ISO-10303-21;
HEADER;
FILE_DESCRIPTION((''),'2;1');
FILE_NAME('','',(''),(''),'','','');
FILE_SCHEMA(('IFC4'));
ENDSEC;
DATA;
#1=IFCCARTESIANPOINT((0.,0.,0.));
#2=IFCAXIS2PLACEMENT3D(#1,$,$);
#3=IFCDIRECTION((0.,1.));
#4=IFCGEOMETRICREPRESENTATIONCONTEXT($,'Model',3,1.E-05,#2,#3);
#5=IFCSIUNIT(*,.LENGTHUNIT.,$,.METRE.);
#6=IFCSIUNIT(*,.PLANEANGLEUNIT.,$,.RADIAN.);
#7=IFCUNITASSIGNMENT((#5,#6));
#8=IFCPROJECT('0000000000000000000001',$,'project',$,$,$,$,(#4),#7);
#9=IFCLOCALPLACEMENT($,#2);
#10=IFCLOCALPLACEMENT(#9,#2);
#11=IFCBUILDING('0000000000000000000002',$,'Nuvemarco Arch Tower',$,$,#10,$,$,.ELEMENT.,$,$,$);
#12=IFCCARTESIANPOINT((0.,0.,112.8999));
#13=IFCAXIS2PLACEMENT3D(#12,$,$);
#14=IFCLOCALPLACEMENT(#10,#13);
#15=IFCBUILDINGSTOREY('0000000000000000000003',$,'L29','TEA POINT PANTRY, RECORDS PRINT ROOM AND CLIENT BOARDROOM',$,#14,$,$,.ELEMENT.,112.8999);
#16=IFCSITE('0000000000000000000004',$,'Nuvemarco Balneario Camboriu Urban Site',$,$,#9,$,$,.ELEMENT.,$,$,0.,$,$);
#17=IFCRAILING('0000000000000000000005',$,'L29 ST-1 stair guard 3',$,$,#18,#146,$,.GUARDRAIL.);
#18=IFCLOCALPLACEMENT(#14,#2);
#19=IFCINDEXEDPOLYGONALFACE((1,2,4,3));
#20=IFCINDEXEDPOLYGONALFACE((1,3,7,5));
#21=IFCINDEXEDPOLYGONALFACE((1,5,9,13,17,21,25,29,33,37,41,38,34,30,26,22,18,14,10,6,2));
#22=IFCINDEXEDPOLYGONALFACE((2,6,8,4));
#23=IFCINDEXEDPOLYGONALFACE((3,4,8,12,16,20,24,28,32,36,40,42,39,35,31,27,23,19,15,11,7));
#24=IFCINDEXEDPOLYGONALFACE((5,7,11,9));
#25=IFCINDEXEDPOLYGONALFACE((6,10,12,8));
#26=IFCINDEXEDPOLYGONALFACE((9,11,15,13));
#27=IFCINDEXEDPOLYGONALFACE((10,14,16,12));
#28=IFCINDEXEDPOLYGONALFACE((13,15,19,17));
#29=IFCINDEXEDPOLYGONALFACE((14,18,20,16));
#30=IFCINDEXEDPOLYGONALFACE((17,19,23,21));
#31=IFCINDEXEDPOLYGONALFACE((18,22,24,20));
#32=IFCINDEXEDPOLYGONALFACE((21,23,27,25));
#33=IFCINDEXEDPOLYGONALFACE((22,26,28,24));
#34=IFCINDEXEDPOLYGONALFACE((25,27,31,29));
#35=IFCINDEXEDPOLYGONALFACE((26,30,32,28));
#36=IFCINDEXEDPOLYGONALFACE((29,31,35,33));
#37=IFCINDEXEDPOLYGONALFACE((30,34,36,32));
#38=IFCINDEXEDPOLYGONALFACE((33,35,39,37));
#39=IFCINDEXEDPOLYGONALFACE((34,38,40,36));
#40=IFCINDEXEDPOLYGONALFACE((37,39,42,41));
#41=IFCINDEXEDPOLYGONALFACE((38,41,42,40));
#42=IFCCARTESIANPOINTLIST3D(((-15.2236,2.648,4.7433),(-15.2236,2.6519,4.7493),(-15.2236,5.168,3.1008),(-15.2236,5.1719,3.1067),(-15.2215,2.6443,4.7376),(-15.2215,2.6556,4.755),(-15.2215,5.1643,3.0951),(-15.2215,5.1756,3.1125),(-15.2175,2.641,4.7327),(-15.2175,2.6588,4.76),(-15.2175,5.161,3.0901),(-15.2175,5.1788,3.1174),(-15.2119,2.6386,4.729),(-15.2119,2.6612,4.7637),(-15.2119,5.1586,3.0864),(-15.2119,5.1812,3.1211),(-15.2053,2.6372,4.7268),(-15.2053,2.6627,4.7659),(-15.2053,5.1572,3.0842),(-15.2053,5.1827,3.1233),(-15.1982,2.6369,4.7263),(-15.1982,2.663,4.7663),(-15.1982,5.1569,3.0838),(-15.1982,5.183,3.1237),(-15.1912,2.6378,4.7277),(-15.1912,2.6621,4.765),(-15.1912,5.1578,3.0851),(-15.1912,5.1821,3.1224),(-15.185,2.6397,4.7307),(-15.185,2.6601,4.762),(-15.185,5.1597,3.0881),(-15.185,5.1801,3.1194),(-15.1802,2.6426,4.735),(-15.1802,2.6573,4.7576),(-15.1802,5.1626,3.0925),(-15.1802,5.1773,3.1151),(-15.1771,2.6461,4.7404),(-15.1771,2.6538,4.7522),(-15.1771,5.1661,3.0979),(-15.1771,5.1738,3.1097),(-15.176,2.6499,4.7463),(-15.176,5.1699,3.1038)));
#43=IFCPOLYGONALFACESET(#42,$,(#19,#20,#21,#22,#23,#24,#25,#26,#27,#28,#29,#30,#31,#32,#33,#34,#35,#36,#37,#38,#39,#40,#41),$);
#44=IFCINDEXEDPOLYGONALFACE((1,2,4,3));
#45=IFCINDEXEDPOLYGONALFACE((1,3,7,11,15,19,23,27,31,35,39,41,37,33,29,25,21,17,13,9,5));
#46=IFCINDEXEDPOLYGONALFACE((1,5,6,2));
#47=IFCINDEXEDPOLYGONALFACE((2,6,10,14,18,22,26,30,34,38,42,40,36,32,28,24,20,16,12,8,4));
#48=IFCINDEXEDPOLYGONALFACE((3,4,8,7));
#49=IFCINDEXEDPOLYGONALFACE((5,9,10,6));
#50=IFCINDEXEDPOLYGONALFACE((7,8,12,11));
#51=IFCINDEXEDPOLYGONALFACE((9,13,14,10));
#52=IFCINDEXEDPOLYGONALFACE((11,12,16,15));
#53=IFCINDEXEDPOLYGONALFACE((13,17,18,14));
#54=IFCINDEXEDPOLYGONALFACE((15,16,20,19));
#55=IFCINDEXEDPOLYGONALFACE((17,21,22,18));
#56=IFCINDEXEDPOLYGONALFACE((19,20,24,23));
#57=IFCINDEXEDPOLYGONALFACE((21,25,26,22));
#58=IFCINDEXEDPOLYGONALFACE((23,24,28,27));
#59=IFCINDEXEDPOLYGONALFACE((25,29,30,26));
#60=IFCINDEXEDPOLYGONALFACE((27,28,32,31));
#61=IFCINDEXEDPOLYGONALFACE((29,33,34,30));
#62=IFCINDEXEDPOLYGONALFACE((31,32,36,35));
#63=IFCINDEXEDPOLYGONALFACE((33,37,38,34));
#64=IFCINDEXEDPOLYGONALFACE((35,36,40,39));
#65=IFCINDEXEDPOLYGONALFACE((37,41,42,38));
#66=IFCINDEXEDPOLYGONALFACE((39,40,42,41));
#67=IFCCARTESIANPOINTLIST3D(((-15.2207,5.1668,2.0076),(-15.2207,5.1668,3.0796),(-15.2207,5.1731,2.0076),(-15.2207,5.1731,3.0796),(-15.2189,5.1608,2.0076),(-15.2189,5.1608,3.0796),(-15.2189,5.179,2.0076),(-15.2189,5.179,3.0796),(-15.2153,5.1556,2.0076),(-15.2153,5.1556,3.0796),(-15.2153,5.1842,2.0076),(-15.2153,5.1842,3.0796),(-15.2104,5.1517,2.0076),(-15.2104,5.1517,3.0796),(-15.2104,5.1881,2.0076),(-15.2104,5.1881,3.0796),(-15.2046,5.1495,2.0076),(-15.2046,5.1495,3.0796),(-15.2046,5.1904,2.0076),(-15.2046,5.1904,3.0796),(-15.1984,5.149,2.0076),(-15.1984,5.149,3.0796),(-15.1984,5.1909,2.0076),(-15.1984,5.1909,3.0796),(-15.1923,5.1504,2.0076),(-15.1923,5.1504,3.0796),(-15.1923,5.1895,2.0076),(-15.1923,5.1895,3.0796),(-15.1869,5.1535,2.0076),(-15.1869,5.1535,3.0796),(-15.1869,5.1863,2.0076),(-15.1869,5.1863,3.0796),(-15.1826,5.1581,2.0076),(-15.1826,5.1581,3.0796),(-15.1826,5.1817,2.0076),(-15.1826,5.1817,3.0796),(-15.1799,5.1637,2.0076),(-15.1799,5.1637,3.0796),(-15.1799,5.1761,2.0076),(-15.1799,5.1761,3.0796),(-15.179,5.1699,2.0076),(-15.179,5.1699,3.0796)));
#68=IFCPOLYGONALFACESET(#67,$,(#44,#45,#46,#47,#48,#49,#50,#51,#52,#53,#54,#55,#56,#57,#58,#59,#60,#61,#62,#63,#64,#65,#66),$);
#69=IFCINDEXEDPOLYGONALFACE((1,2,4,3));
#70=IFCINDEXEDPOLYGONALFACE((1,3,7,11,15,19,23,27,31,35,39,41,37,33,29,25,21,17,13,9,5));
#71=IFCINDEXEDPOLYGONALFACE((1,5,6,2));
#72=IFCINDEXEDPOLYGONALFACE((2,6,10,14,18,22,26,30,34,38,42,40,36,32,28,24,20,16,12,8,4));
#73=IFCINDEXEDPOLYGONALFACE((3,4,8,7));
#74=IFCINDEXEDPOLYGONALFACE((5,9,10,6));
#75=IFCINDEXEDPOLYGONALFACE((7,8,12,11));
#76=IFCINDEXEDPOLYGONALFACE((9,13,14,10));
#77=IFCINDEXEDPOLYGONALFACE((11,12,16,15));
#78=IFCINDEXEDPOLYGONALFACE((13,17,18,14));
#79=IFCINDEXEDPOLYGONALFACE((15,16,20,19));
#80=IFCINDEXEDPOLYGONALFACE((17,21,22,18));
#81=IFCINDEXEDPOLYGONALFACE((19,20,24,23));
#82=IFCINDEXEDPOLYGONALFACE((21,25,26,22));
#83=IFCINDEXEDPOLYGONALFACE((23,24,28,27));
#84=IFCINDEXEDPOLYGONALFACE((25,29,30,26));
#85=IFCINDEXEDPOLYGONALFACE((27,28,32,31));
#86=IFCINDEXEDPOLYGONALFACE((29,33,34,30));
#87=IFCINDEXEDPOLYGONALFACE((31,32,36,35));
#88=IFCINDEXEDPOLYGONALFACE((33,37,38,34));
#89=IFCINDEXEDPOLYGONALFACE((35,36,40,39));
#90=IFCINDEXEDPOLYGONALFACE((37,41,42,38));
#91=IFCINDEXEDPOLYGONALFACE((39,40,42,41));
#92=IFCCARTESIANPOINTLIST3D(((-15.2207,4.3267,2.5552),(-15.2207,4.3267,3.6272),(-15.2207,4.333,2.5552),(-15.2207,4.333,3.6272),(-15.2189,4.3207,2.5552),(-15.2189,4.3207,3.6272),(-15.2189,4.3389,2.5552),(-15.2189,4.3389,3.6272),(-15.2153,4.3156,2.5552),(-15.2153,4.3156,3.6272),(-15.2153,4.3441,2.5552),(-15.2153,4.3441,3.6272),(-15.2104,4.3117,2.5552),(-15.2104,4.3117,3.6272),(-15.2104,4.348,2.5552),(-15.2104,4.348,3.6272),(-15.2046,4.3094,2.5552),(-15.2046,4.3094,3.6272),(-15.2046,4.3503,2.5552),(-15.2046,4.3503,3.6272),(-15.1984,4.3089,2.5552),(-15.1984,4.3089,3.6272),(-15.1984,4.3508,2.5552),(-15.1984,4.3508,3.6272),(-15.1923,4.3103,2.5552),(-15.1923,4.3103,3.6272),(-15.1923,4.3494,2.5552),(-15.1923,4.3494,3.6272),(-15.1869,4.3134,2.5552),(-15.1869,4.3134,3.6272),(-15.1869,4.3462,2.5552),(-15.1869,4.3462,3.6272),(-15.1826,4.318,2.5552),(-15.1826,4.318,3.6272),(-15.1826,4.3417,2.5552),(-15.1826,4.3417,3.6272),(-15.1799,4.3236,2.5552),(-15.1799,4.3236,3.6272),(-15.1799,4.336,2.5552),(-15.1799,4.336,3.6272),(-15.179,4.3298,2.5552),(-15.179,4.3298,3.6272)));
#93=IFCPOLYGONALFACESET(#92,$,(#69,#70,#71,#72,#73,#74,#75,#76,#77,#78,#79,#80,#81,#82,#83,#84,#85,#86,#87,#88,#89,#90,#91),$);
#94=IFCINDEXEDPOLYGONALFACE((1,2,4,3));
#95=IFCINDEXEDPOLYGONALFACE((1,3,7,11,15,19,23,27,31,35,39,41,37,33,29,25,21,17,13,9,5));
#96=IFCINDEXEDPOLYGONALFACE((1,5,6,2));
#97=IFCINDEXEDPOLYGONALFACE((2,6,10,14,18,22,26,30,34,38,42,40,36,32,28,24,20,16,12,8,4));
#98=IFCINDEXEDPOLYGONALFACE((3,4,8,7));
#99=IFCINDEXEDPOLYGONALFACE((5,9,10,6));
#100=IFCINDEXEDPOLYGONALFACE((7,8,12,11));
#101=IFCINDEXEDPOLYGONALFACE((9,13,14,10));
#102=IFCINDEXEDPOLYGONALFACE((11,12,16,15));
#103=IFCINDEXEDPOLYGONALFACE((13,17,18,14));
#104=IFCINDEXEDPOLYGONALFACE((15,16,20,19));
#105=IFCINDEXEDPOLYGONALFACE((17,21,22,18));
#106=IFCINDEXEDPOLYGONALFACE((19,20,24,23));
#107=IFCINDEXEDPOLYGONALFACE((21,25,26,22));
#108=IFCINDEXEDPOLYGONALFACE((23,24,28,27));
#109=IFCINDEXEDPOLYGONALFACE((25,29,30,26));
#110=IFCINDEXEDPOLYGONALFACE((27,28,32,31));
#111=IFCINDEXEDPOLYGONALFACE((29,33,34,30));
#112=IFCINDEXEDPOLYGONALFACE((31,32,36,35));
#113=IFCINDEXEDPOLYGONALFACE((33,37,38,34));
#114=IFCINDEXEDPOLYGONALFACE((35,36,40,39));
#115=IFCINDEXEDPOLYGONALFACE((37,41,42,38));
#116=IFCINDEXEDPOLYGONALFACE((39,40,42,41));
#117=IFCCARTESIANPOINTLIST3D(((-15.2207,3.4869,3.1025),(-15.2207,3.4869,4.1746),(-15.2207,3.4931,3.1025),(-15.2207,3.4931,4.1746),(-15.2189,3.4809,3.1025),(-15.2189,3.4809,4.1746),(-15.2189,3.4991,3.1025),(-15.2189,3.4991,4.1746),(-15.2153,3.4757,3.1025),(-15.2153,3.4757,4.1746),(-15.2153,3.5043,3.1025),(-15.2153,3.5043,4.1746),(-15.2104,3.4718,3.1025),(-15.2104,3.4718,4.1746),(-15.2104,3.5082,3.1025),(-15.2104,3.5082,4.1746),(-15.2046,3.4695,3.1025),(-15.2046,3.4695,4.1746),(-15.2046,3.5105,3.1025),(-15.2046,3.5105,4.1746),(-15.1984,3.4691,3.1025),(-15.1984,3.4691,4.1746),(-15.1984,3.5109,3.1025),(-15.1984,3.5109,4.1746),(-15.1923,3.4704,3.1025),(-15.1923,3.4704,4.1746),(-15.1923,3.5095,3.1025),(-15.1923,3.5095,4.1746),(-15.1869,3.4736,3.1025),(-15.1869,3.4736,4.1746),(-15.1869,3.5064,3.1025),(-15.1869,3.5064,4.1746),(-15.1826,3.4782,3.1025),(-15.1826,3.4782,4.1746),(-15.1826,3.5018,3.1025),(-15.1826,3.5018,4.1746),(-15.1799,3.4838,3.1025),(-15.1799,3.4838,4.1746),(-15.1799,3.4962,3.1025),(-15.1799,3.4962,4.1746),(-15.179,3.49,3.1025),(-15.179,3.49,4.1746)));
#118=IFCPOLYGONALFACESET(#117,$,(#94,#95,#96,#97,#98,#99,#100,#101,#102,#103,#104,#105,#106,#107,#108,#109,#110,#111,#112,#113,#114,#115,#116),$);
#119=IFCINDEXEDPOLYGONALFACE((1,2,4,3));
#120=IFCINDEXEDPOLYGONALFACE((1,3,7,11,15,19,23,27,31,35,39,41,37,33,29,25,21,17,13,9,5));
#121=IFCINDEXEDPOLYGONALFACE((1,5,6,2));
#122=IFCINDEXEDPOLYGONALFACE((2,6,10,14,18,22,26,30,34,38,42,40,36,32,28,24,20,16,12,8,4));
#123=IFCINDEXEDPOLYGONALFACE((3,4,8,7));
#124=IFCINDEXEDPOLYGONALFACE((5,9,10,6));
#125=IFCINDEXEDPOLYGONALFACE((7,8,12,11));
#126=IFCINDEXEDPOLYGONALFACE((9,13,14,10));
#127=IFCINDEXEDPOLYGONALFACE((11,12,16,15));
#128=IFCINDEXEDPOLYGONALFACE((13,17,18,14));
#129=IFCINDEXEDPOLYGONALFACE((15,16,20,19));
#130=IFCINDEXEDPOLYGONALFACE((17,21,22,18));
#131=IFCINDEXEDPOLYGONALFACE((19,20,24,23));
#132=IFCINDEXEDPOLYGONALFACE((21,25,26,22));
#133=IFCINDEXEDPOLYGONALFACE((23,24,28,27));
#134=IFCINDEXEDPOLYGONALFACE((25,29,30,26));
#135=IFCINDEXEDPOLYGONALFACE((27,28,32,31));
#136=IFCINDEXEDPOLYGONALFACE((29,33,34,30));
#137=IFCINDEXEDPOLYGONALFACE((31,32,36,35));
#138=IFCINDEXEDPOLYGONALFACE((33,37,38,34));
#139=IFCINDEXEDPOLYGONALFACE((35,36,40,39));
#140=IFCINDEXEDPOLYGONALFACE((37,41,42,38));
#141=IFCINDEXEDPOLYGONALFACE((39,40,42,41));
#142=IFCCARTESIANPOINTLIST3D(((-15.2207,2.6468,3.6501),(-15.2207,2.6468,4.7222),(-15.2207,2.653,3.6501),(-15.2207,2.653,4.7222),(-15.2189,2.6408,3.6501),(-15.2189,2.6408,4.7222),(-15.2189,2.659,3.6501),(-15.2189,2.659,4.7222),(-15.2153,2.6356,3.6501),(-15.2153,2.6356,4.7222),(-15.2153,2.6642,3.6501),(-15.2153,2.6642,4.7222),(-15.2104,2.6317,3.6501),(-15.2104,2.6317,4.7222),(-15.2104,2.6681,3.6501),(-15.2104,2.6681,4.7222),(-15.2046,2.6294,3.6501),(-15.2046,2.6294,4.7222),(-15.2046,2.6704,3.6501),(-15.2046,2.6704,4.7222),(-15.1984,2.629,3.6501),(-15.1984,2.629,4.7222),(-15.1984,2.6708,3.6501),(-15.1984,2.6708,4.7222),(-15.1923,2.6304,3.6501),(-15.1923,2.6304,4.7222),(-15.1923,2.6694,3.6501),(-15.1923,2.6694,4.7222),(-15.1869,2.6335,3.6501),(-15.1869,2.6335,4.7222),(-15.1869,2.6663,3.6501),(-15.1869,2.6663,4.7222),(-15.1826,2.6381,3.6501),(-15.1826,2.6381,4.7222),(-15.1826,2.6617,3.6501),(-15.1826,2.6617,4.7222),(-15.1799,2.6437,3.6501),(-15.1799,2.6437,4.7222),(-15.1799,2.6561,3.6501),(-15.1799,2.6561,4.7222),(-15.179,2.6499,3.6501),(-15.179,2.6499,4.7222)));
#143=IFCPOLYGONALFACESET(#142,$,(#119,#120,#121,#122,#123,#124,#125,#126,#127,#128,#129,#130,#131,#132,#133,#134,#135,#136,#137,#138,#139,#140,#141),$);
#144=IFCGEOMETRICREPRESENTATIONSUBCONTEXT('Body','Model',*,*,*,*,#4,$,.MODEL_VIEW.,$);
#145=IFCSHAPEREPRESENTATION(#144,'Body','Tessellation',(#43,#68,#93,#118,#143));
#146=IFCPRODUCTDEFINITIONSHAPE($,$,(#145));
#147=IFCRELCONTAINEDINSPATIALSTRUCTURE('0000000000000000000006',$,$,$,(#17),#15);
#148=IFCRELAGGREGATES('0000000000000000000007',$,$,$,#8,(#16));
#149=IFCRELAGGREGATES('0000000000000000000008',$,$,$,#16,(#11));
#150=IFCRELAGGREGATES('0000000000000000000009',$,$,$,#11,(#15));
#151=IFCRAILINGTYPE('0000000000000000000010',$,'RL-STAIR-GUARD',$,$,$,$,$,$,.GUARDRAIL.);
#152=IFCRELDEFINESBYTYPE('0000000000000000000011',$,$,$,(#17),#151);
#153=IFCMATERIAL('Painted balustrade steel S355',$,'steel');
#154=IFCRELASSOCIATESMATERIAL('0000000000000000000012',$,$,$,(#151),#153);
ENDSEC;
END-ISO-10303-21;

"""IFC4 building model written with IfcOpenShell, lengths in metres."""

from ifc_helpers import new_model, si_unit, direction, frame, origin, origin_2d, place, context, subcontext, project, spatial, circle, extrude, material, type_object, element, save


model = new_model("IFC4")

# Units and contexts
model_context = context("Model", 3, precision=1e-05, world=origin(), true_north=direction((0.0, 1.0)))
body_context = subcontext(model_context, "Body", "Model", "MODEL_VIEW")
ifc_project = project(units=[si_unit("LENGTHUNIT", "METRE"), si_unit("PLANEANGLEUNIT", "RADIAN")], contexts=[model_context])

# Site, building, storey
site_placement = place(None, origin())
site = spatial("IfcSite", under=ifc_project, at=site_placement, Name="Nuvemarco Balneario Camboriu Urban Site", CompositionType="ELEMENT", RefElevation=0.0)
building_placement = place(site_placement, origin())
building = spatial("IfcBuilding", under=site, at=building_placement, Name="Nuvemarco Arch Tower", CompositionType="ELEMENT")
storey_placement = place(building_placement, frame((0.0, 0.0, 112.8999)))
storey = spatial("IfcBuildingStorey", under=building, at=storey_placement, Name="L29", Description="TEA POINT PANTRY, RECORDS PRINT ROOM AND CLIENT BOARDROOM", CompositionType="ELEMENT", Elevation=112.8999)

# Railing
ifc_material_1 = material(Name="Painted balustrade steel S355", Category="steel")
railing_type_1 = type_object("IfcRailingType", Name="RL-STAIR-GUARD", PredefinedType="GUARDRAIL", material=ifc_material_1)
railing_1_placement = place(storey_placement, frame((-15.2, 5.1699, 2.0076)))
element("IfcRailing", 1, at=railing_1_placement, inside=storey, type_object=railing_type_1, Name="L29 ST-1 stair guard 3", PredefinedType="GUARDRAIL", context=body_context, shape_type="SweptSolid", body=[
    extrude(circle(Radius=0.0239, at=origin_2d()), frame((0.0, 0.0, 1.0962), z_axis=(0.0, -0.837749, 0.546055), x_axis=(1.0, 0.0, 0.0)), (0.0, 0.0, 1.0), 3.0081),
    extrude(circle(Radius=0.021, at=origin_2d()), origin(), (0.0, 0.0, 1.0), 1.072),
    extrude(circle(Radius=0.021, at=origin_2d()), frame((0.0, -0.8401, 0.5476)), (0.0, 0.0, 1.0), 1.072),
    extrude(circle(Radius=0.021, at=origin_2d()), frame((0.0, -1.6799, 1.095)), (0.0, 0.0, 1.0), 1.072),
    extrude(circle(Radius=0.021, at=origin_2d()), frame((0.0, -2.52, 1.6426)), (0.0, 0.0, 1.0), 1.072),
])

save(model, "model.ifc")
